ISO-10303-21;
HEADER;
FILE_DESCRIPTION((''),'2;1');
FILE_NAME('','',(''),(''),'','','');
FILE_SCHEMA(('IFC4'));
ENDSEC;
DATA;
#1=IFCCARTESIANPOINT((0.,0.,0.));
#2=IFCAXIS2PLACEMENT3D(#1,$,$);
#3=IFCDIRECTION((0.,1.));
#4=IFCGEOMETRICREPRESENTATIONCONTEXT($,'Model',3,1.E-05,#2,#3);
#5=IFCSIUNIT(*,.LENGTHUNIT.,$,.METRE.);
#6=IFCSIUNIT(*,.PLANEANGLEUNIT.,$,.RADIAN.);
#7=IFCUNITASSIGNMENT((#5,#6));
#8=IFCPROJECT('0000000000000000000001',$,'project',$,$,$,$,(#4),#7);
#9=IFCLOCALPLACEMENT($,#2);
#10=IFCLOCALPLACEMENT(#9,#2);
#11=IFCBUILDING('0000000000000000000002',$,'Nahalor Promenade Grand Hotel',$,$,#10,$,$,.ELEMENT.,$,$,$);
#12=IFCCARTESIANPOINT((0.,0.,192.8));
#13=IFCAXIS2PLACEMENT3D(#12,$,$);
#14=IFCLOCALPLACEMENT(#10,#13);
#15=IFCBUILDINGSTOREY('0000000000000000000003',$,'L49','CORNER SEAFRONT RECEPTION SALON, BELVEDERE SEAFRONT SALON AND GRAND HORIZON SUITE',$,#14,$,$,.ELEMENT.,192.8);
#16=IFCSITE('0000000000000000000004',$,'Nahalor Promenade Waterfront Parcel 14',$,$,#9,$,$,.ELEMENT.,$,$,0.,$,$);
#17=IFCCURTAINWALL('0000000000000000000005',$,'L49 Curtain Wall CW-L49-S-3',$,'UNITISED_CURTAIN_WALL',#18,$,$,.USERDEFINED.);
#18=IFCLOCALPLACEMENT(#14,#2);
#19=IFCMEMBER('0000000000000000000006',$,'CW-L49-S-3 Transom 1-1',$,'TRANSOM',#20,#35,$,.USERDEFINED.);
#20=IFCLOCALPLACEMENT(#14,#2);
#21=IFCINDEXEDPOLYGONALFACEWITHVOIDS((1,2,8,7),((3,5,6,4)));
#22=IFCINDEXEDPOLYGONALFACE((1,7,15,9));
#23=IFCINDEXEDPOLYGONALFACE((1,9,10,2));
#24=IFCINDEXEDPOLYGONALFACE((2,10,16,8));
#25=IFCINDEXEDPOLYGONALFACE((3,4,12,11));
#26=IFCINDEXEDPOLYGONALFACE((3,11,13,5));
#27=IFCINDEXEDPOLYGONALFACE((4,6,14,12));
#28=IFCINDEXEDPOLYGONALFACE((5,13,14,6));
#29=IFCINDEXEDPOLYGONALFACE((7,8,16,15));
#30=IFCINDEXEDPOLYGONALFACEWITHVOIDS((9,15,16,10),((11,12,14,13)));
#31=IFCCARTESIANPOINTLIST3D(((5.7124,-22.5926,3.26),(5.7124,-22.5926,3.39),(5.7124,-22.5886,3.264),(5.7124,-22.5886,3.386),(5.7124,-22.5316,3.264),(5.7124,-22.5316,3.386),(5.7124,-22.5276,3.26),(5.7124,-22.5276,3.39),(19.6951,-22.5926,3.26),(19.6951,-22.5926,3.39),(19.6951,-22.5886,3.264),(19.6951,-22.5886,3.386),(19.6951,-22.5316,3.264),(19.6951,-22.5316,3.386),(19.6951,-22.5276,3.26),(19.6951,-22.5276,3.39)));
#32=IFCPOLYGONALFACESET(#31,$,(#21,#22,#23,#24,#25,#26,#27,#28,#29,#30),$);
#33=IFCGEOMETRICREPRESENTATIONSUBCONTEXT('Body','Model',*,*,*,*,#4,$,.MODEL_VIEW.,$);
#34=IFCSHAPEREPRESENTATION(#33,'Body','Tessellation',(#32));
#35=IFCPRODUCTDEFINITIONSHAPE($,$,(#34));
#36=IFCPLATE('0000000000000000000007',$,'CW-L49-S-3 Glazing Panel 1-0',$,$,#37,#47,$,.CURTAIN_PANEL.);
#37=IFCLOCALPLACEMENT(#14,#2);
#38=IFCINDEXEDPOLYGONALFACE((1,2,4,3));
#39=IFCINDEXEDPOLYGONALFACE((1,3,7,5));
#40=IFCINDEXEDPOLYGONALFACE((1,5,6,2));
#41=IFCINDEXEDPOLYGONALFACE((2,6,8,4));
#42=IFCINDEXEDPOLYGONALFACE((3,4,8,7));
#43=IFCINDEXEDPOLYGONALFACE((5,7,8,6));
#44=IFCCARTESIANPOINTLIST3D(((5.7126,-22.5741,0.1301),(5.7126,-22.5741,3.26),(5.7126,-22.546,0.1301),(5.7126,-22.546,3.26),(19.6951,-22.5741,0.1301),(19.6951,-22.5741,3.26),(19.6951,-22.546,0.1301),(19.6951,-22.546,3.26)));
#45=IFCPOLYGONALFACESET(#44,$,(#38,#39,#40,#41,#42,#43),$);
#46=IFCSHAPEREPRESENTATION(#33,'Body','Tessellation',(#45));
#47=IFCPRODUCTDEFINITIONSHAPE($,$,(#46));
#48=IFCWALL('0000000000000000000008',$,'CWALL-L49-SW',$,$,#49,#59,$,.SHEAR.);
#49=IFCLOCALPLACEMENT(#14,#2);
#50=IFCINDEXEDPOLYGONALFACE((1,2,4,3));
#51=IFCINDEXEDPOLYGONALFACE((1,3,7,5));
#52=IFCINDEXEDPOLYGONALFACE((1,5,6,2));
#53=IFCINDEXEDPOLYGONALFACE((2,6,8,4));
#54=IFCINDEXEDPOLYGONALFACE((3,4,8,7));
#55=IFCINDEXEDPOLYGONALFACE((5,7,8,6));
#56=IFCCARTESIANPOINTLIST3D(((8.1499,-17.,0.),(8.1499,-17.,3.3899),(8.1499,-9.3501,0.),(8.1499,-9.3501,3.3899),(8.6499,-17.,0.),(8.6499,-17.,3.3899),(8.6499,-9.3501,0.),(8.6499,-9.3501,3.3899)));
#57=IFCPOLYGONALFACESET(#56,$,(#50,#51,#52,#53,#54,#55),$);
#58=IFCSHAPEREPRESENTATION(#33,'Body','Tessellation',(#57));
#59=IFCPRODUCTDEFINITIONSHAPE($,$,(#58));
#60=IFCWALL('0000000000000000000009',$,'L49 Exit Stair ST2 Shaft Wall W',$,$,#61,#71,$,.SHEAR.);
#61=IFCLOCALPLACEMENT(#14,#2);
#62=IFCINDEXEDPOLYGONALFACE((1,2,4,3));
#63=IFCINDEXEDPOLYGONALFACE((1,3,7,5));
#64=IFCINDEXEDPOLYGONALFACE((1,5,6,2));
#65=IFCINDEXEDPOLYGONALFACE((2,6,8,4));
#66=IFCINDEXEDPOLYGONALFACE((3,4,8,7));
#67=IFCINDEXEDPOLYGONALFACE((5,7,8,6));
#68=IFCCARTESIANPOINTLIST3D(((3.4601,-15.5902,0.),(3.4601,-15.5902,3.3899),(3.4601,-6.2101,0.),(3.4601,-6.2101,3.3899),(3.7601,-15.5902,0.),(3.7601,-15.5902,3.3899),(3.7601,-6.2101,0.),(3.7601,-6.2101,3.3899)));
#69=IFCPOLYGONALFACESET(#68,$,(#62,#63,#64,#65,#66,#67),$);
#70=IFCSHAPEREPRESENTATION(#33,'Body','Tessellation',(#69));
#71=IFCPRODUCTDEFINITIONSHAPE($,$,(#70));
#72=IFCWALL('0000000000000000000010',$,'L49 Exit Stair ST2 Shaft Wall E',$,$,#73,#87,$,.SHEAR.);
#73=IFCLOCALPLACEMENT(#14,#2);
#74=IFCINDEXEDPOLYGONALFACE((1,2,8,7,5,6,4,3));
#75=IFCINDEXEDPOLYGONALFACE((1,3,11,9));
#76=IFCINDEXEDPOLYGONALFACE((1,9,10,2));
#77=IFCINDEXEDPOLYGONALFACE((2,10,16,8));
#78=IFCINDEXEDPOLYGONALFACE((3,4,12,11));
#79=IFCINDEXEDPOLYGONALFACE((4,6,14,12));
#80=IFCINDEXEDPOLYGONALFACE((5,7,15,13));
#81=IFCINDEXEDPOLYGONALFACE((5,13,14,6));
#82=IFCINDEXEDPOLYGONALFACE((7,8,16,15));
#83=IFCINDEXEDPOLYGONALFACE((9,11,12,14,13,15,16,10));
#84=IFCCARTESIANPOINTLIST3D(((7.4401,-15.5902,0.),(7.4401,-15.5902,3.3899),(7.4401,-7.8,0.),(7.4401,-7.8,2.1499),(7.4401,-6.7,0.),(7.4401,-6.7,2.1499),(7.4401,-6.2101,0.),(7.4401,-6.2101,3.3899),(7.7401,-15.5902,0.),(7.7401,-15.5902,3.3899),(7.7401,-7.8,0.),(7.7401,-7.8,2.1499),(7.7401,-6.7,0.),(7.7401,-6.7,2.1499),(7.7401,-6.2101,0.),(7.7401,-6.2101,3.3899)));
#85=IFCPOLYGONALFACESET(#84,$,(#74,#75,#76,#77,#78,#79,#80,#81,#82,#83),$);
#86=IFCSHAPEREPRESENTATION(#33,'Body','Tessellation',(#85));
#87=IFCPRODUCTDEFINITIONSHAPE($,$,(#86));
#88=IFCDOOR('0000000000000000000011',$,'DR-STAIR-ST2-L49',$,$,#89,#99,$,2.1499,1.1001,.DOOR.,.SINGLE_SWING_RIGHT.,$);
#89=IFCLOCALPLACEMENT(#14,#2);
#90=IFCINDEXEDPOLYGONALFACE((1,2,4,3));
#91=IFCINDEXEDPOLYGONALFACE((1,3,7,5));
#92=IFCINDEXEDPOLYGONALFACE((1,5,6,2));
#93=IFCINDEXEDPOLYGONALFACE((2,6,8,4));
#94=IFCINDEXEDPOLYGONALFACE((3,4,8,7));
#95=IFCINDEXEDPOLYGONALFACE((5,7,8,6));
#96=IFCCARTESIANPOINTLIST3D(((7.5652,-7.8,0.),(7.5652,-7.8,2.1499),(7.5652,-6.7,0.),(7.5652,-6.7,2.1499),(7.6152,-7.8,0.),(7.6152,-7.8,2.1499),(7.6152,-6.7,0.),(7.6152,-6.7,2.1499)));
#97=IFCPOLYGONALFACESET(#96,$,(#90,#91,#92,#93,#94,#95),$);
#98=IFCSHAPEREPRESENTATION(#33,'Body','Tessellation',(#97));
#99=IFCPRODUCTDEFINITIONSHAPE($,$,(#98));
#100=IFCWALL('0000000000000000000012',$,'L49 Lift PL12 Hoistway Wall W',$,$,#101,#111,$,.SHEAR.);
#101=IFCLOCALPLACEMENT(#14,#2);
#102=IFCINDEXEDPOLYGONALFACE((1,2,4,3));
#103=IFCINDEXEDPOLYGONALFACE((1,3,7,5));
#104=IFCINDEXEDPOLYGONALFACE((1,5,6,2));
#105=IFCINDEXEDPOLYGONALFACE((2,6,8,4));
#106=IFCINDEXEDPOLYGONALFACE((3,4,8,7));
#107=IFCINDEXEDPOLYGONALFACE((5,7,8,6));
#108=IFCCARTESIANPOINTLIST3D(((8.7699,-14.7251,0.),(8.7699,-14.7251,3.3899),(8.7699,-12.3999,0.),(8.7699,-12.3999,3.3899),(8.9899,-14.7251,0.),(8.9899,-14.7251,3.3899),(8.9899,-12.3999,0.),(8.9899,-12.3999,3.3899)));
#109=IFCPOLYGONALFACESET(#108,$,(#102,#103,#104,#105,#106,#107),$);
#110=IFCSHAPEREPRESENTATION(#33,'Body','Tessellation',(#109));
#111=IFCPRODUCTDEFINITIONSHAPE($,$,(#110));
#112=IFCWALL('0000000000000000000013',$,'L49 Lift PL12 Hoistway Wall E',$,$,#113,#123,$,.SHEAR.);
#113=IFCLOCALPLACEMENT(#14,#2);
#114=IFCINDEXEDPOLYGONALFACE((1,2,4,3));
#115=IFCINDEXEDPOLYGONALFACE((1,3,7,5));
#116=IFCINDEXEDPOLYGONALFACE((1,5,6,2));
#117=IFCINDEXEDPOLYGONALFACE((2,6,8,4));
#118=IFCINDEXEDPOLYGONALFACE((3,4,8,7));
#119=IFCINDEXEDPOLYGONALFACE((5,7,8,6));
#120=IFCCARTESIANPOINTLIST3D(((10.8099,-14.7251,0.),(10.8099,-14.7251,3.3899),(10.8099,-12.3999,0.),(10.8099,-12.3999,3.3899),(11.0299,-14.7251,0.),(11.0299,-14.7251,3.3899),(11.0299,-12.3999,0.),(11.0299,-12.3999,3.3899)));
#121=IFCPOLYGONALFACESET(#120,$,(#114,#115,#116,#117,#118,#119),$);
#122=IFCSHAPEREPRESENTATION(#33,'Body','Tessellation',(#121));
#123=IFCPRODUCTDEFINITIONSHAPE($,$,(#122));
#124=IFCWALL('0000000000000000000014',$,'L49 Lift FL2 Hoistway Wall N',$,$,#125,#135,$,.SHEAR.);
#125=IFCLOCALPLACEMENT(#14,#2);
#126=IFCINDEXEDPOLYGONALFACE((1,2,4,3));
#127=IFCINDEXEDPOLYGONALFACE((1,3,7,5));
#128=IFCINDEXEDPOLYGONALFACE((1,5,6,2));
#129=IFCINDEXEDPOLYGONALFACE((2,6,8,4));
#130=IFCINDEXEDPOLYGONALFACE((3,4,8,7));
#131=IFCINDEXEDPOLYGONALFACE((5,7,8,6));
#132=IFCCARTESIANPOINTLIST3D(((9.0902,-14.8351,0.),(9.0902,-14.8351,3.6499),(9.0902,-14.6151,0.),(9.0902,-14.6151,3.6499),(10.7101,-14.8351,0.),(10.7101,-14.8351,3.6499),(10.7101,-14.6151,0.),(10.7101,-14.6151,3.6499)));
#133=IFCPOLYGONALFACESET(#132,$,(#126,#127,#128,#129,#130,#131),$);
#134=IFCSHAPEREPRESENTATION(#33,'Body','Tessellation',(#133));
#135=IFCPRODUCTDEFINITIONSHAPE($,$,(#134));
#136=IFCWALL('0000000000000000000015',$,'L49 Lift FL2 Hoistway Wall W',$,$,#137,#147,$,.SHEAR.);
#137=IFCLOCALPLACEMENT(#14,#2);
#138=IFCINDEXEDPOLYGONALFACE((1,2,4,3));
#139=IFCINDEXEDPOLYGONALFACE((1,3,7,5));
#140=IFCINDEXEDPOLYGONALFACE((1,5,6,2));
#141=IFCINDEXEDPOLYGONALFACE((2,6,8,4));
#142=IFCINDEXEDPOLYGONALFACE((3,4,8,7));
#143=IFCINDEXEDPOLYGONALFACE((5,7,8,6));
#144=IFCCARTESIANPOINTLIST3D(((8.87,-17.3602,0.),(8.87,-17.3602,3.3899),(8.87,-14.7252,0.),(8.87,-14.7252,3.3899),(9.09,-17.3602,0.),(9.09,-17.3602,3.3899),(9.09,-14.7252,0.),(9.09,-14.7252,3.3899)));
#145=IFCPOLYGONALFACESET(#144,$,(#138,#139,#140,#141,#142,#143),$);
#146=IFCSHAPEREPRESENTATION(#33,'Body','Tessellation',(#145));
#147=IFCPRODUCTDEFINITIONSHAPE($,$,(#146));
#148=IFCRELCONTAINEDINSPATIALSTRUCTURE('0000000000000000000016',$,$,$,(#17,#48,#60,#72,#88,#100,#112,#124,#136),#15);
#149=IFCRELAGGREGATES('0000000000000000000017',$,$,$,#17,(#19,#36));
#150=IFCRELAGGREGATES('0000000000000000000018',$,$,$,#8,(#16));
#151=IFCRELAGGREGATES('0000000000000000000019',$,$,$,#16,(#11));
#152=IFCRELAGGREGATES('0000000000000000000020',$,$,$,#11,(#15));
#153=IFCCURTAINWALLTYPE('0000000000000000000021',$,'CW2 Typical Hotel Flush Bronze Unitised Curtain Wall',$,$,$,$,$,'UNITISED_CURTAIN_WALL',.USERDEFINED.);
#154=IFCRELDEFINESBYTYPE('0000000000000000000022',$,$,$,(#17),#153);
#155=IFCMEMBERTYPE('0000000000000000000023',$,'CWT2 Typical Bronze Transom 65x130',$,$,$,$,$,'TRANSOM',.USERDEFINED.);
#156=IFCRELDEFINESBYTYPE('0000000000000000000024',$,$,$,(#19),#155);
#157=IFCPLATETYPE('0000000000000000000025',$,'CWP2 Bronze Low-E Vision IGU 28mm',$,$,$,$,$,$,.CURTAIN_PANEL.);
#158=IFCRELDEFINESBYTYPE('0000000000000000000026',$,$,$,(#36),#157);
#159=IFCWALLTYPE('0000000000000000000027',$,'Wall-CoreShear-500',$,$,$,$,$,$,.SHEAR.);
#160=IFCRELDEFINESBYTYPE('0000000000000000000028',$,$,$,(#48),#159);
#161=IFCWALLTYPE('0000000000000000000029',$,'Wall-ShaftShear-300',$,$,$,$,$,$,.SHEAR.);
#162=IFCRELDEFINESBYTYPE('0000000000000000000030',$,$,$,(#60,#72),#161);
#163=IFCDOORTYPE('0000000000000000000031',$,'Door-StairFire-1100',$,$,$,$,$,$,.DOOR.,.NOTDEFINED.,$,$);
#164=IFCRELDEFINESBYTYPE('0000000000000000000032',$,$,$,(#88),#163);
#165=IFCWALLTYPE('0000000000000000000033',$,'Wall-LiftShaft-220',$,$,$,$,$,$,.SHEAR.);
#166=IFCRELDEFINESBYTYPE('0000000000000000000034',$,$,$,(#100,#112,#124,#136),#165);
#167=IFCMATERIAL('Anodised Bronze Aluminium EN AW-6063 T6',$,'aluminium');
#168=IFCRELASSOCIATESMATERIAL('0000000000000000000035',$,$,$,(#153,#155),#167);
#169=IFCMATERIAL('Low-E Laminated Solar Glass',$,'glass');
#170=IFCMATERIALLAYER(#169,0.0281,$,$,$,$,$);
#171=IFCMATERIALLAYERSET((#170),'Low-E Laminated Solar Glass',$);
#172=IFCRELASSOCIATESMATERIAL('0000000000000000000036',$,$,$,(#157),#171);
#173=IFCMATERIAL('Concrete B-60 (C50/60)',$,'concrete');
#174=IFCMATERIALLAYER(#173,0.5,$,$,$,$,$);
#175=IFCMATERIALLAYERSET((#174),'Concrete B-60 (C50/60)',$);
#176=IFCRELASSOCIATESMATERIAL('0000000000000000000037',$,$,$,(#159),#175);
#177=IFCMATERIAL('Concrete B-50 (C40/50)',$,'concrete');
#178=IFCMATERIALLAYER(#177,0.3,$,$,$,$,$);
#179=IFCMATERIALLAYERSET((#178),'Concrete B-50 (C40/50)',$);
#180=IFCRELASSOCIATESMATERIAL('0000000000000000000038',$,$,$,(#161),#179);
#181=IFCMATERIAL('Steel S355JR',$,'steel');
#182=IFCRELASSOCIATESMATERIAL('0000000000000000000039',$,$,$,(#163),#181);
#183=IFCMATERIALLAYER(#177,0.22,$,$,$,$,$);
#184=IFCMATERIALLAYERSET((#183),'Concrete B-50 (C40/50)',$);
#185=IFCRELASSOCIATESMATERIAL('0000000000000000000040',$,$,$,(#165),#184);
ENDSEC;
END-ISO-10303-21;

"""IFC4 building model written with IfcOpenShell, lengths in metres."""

from ifc_helpers import new_model, si_unit, direction, frame, frame_2d, origin, origin_2d, place, context, subcontext, project, spatial, rectangle, hollow_rectangle, extrude, source, transform, mapped, material, layer, layer_set, material_profile, profile_set, type_object, element, fill, aggregate, save


model = new_model("IFC4")

# Units and contexts
model_context = context("Model", 3, precision=1e-05, world=origin(), true_north=direction((0.0, 1.0)))
body_context = subcontext(model_context, "Body", "Model", "MODEL_VIEW")
ifc_project = project(units=[si_unit("LENGTHUNIT", "METRE"), si_unit("PLANEANGLEUNIT", "RADIAN")], contexts=[model_context])

# Site, building, storey
site_placement = place(None, origin())
site = spatial("IfcSite", under=ifc_project, at=site_placement, Name="Nahalor Promenade Waterfront Parcel 14", CompositionType="ELEMENT", RefElevation=0.0)
building_placement = place(site_placement, origin())
building = spatial("IfcBuilding", under=site, at=building_placement, Name="Nahalor Promenade Grand Hotel", CompositionType="ELEMENT")
storey_placement = place(building_placement, frame((0.0, 0.0, 192.8)))
storey = spatial("IfcBuildingStorey", under=building, at=storey_placement, Name="L49", Description="CORNER SEAFRONT RECEPTION SALON, BELVEDERE SEAFRONT SALON AND GRAND HORIZON SUITE", CompositionType="ELEMENT", Elevation=192.8)

# Shared definitions
ifc_material_1 = material(Name="Concrete B-60 (C50/60)", Category="concrete")

# Shared definitions
ifc_material_2 = material(Name="Steel S355JR", Category="steel")

# Curtain wall, member, plate
ifc_material_3 = material(Name="Anodised Bronze Aluminium EN AW-6063 T6", Category="aluminium")
curtain_wall_type = type_object("IfcCurtainWallType", Name="CW2 Typical Hotel Flush Bronze Unitised Curtain Wall", ElementType="UNITISED_CURTAIN_WALL", PredefinedType="USERDEFINED", material=ifc_material_3)
curtain_wall_placement = place(storey_placement, origin())
curtain_wall = element("IfcCurtainWall", 1, at=curtain_wall_placement, inside=storey, type_object=curtain_wall_type, Name="L49 Curtain Wall CW-L49-S-3", ObjectType="UNITISED_CURTAIN_WALL", PredefinedType="USERDEFINED")
ifc_material_profile_1 = material_profile(ifc_material_3, hollow_rectangle(XDim=0.065, YDim=0.13, WallThickness=0.004, at=origin_2d()), Name="CWT 65x130x4")
ifc_profile_set_1 = profile_set([ifc_material_profile_1], Name="Anodised Bronze Aluminium EN AW-6063 T6")
member_type_1 = type_object("IfcMemberType", Name="CWT2 Typical Bronze Transom 65x130", ElementType="TRANSOM", PredefinedType="USERDEFINED", material=ifc_profile_set_1)
shared_shape_1 = source(origin(), body_context, "Body", "SweptSolid", [
    extrude(hollow_rectangle(XDim=0.065, YDim=0.13, WallThickness=0.004, at=origin_2d()), origin(), (0.0, 0.0, 1.0), 13.9827),
])
member_1_placement = place(storey_placement, frame((5.7124, -22.5601, 3.325), z_axis=(1.0, 0.0, 0.0), x_axis=(0.0, 1.0, 0.0)))
member_1 = element("IfcMember", 2, at=member_1_placement, type_object=member_type_1, Name="CW-L49-S-3 Transom 1-1", ObjectType="TRANSOM", PredefinedType="USERDEFINED", context=body_context, shape_type="MappedRepresentation", body=[
    mapped(shared_shape_1, transform((0.0, 0.0, 0.0), scale=1.0)),
])
ifc_material_4 = material(Name="Low-E Laminated Solar Glass", Category="glass")
ifc_layer_1 = layer(ifc_material_4, 0.0281)
ifc_layer_set_1 = layer_set([ifc_layer_1], Name="Low-E Laminated Solar Glass")
plate_type = type_object("IfcPlateType", Name="CWP2 Bronze Low-E Vision IGU 28mm", PredefinedType="CURTAIN_PANEL", material=ifc_layer_set_1)
shared_shape_2 = source(origin(), body_context, "Body", "SweptSolid", [
    extrude(rectangle(XDim=13.9824, YDim=0.0281, at=origin_2d()), origin(), (0.0, 0.0, 1.0), 3.1299),
])
plate_placement = place(storey_placement, frame((12.7039, -22.5601, 0.1301), z_axis=(0.0, 0.0, 1.0), x_axis=(1.0, 0.0, 0.0)))
plate = element("IfcPlate", 3, at=plate_placement, type_object=plate_type, Name="CW-L49-S-3 Glazing Panel 1-0", PredefinedType="CURTAIN_PANEL", context=body_context, shape_type="MappedRepresentation", body=[
    mapped(shared_shape_2, transform((0.0, 0.0, 0.0), scale=1.0)),
])
aggregate(curtain_wall, [member_1, plate])

# Walls
ifc_layer_2 = layer(ifc_material_1, 0.5)
ifc_layer_set_2 = layer_set([ifc_layer_2], Name="Concrete B-60 (C50/60)")
wall_type_1 = type_object("IfcWallType", Name="Wall-CoreShear-500", PredefinedType="SHEAR", material=ifc_layer_set_2)
shared_shape_3 = source(origin(), body_context, "Body", "SweptSolid", [
    extrude(rectangle(XDim=7.6499, YDim=0.5, at=frame_2d((3.825, 0.0))), origin(), (0.0, 0.0, 1.0), 3.3899),
])
wall_1_placement = place(storey_placement, frame((8.3999, -17.0, 0.0), z_axis=(0.0, 0.0, 1.0), x_axis=(0.0, 1.0, 0.0)))
element("IfcWall", 4, at=wall_1_placement, inside=storey, type_object=wall_type_1, Name="CWALL-L49-SW", PredefinedType="SHEAR", context=body_context, shape_type="MappedRepresentation", body=[
    mapped(shared_shape_3, transform((0.0, 0.0, 0.0), scale=1.0)),
])
ifc_material_5 = material(Name="Concrete B-50 (C40/50)", Category="concrete")
ifc_layer_3 = layer(ifc_material_5, 0.3)
ifc_layer_set_3 = layer_set([ifc_layer_3], Name="Concrete B-50 (C40/50)")
wall_type_2 = type_object("IfcWallType", Name="Wall-ShaftShear-300", PredefinedType="SHEAR", material=ifc_layer_set_3)
shared_shape_4 = source(origin(), body_context, "Body", "SweptSolid", [
    extrude(rectangle(XDim=9.3801, YDim=0.3, at=frame_2d((4.6899, 0.0))), origin(), (0.0, 0.0, 1.0), 3.3899),
])
wall_2_placement = place(storey_placement, frame((3.6101, -15.5901, 0.0), z_axis=(0.0, 0.0, 1.0), x_axis=(0.0, 1.0, 0.0)))
element("IfcWall", 5, at=wall_2_placement, inside=storey, type_object=wall_type_2, Name="L49 Exit Stair ST2 Shaft Wall W", PredefinedType="SHEAR", context=body_context, shape_type="MappedRepresentation", body=[
    mapped(shared_shape_4, transform((0.0, 0.0, 0.0), scale=1.0)),
])

# Wall, opening, door
wall_3_placement = place(storey_placement, frame((7.5901, -15.5901, 0.0), z_axis=(0.0, 0.0, 1.0), x_axis=(0.0, 1.0, 0.0)))
wall_3 = element("IfcWall", 6, at=wall_3_placement, inside=storey, type_object=wall_type_2, Name="L49 Exit Stair ST2 Shaft Wall E", PredefinedType="SHEAR", context=body_context, shape_type="MappedRepresentation", body=[
    mapped(shared_shape_4, transform((0.0, 0.0, 0.0), scale=1.0)),
])
opening_1_placement = place(wall_3_placement, frame((7.79, 0.0, 0.0)))
opening_1 = element("IfcOpeningElement", 7, at=opening_1_placement, cuts=wall_3, PredefinedType="OPENING", context=body_context, shape_type="SweptSolid", body=[
    extrude(rectangle(XDim=1.1001, YDim=2.1499, at=frame_2d((0.55, 1.075))), frame((0.0, 0.1599, 0.0), z_axis=(0.0, -1.0, 0.0), x_axis=(1.0, 0.0, 0.0)), (0.0, 0.0, 1.0), 0.3201),
])
door_type_1 = type_object("IfcDoorType", Name="Door-StairFire-1100", OperationType="NOTDEFINED", PredefinedType="DOOR", material=ifc_material_2)
shared_shape_5 = source(origin(), body_context, "Body", "SweptSolid", [
    extrude(rectangle(XDim=1.1001, YDim=2.1499, at=frame_2d((0.55, 1.075))), frame((0.0, 0.0249, 0.0), z_axis=(0.0, -1.0, 0.0), x_axis=(1.0, 0.0, 0.0)), (0.0, 0.0, 1.0), 0.05),
])
door_1_placement = place(opening_1_placement, origin())
door_1 = element("IfcDoor", 8, at=door_1_placement, inside=storey, type_object=door_type_1, Name="DR-STAIR-ST2-L49", OperationType="SINGLE_SWING_RIGHT", OverallHeight=2.1499, OverallWidth=1.1001, PredefinedType="DOOR", context=body_context, shape_type="MappedRepresentation", body=[
    mapped(shared_shape_5, transform((0.0, 0.0, 0.0), scale=1.0)),
])
fill(opening_1, door_1)

# Walls
ifc_layer_4 = layer(ifc_material_5, 0.22)
ifc_layer_set_4 = layer_set([ifc_layer_4], Name="Concrete B-50 (C40/50)")
wall_type_3 = type_object("IfcWallType", Name="Wall-LiftShaft-220", PredefinedType="SHEAR", material=ifc_layer_set_4)
shared_shape_6 = source(origin(), body_context, "Body", "SweptSolid", [
    extrude(rectangle(XDim=2.3252, YDim=0.22, at=frame_2d((1.1626, 0.0))), origin(), (0.0, 0.0, 1.0), 3.3899),
])
for number, where, z_axis, x_axis, name in (
    (9, (8.8799, -14.7251, 0.0), (0.0, 0.0, 1.0), (0.0, 1.0, 0.0), "L49 Lift PL12 Hoistway Wall W"),
    (10, (10.9199, -14.7251, 0.0), (0.0, 0.0, 1.0), (0.0, 1.0, 0.0), "L49 Lift PL12 Hoistway Wall E"),
):
    element("IfcWall", number, at=place(storey_placement, frame(where, z_axis=z_axis, x_axis=x_axis)), inside=storey, type_object=wall_type_3, Name=name, PredefinedType="SHEAR", context=body_context, shape_type="MappedRepresentation", body=[
        mapped(shared_shape_6, transform((0.0, 0.0, 0.0), scale=1.0)),
    ])
shared_shape_7 = source(origin(), body_context, "Body", "SweptSolid", [
    extrude(rectangle(XDim=1.6199, YDim=0.22, at=frame_2d((0.8101, 0.0))), origin(), (0.0, 0.0, 1.0), 3.6499),
])
wall_4_placement = place(storey_placement, frame((9.0901, -14.7251, 0.0), z_axis=(0.0, 0.0, 1.0), x_axis=(1.0, 0.0, 0.0)))
element("IfcWall", 11, at=wall_4_placement, inside=storey, type_object=wall_type_3, Name="L49 Lift FL2 Hoistway Wall N", PredefinedType="SHEAR", context=body_context, shape_type="MappedRepresentation", body=[
    mapped(shared_shape_7, transform((0.0, 0.0, 0.0), scale=1.0)),
])
shared_shape_8 = source(origin(), body_context, "Body", "SweptSolid", [
    extrude(rectangle(XDim=2.635, YDim=0.22, at=frame_2d((1.3174, 0.0))), origin(), (0.0, 0.0, 1.0), 3.3899),
])
wall_5_placement = place(storey_placement, frame((8.98, -17.3601, 0.0), z_axis=(0.0, 0.0, 1.0), x_axis=(0.0, 1.0, 0.0)))
element("IfcWall", 12, at=wall_5_placement, inside=storey, type_object=wall_type_3, Name="L49 Lift FL2 Hoistway Wall W", PredefinedType="SHEAR", context=body_context, shape_type="MappedRepresentation", body=[
    mapped(shared_shape_8, transform((0.0, 0.0, 0.0), scale=1.0)),
])

save(model, "model.ifc")
